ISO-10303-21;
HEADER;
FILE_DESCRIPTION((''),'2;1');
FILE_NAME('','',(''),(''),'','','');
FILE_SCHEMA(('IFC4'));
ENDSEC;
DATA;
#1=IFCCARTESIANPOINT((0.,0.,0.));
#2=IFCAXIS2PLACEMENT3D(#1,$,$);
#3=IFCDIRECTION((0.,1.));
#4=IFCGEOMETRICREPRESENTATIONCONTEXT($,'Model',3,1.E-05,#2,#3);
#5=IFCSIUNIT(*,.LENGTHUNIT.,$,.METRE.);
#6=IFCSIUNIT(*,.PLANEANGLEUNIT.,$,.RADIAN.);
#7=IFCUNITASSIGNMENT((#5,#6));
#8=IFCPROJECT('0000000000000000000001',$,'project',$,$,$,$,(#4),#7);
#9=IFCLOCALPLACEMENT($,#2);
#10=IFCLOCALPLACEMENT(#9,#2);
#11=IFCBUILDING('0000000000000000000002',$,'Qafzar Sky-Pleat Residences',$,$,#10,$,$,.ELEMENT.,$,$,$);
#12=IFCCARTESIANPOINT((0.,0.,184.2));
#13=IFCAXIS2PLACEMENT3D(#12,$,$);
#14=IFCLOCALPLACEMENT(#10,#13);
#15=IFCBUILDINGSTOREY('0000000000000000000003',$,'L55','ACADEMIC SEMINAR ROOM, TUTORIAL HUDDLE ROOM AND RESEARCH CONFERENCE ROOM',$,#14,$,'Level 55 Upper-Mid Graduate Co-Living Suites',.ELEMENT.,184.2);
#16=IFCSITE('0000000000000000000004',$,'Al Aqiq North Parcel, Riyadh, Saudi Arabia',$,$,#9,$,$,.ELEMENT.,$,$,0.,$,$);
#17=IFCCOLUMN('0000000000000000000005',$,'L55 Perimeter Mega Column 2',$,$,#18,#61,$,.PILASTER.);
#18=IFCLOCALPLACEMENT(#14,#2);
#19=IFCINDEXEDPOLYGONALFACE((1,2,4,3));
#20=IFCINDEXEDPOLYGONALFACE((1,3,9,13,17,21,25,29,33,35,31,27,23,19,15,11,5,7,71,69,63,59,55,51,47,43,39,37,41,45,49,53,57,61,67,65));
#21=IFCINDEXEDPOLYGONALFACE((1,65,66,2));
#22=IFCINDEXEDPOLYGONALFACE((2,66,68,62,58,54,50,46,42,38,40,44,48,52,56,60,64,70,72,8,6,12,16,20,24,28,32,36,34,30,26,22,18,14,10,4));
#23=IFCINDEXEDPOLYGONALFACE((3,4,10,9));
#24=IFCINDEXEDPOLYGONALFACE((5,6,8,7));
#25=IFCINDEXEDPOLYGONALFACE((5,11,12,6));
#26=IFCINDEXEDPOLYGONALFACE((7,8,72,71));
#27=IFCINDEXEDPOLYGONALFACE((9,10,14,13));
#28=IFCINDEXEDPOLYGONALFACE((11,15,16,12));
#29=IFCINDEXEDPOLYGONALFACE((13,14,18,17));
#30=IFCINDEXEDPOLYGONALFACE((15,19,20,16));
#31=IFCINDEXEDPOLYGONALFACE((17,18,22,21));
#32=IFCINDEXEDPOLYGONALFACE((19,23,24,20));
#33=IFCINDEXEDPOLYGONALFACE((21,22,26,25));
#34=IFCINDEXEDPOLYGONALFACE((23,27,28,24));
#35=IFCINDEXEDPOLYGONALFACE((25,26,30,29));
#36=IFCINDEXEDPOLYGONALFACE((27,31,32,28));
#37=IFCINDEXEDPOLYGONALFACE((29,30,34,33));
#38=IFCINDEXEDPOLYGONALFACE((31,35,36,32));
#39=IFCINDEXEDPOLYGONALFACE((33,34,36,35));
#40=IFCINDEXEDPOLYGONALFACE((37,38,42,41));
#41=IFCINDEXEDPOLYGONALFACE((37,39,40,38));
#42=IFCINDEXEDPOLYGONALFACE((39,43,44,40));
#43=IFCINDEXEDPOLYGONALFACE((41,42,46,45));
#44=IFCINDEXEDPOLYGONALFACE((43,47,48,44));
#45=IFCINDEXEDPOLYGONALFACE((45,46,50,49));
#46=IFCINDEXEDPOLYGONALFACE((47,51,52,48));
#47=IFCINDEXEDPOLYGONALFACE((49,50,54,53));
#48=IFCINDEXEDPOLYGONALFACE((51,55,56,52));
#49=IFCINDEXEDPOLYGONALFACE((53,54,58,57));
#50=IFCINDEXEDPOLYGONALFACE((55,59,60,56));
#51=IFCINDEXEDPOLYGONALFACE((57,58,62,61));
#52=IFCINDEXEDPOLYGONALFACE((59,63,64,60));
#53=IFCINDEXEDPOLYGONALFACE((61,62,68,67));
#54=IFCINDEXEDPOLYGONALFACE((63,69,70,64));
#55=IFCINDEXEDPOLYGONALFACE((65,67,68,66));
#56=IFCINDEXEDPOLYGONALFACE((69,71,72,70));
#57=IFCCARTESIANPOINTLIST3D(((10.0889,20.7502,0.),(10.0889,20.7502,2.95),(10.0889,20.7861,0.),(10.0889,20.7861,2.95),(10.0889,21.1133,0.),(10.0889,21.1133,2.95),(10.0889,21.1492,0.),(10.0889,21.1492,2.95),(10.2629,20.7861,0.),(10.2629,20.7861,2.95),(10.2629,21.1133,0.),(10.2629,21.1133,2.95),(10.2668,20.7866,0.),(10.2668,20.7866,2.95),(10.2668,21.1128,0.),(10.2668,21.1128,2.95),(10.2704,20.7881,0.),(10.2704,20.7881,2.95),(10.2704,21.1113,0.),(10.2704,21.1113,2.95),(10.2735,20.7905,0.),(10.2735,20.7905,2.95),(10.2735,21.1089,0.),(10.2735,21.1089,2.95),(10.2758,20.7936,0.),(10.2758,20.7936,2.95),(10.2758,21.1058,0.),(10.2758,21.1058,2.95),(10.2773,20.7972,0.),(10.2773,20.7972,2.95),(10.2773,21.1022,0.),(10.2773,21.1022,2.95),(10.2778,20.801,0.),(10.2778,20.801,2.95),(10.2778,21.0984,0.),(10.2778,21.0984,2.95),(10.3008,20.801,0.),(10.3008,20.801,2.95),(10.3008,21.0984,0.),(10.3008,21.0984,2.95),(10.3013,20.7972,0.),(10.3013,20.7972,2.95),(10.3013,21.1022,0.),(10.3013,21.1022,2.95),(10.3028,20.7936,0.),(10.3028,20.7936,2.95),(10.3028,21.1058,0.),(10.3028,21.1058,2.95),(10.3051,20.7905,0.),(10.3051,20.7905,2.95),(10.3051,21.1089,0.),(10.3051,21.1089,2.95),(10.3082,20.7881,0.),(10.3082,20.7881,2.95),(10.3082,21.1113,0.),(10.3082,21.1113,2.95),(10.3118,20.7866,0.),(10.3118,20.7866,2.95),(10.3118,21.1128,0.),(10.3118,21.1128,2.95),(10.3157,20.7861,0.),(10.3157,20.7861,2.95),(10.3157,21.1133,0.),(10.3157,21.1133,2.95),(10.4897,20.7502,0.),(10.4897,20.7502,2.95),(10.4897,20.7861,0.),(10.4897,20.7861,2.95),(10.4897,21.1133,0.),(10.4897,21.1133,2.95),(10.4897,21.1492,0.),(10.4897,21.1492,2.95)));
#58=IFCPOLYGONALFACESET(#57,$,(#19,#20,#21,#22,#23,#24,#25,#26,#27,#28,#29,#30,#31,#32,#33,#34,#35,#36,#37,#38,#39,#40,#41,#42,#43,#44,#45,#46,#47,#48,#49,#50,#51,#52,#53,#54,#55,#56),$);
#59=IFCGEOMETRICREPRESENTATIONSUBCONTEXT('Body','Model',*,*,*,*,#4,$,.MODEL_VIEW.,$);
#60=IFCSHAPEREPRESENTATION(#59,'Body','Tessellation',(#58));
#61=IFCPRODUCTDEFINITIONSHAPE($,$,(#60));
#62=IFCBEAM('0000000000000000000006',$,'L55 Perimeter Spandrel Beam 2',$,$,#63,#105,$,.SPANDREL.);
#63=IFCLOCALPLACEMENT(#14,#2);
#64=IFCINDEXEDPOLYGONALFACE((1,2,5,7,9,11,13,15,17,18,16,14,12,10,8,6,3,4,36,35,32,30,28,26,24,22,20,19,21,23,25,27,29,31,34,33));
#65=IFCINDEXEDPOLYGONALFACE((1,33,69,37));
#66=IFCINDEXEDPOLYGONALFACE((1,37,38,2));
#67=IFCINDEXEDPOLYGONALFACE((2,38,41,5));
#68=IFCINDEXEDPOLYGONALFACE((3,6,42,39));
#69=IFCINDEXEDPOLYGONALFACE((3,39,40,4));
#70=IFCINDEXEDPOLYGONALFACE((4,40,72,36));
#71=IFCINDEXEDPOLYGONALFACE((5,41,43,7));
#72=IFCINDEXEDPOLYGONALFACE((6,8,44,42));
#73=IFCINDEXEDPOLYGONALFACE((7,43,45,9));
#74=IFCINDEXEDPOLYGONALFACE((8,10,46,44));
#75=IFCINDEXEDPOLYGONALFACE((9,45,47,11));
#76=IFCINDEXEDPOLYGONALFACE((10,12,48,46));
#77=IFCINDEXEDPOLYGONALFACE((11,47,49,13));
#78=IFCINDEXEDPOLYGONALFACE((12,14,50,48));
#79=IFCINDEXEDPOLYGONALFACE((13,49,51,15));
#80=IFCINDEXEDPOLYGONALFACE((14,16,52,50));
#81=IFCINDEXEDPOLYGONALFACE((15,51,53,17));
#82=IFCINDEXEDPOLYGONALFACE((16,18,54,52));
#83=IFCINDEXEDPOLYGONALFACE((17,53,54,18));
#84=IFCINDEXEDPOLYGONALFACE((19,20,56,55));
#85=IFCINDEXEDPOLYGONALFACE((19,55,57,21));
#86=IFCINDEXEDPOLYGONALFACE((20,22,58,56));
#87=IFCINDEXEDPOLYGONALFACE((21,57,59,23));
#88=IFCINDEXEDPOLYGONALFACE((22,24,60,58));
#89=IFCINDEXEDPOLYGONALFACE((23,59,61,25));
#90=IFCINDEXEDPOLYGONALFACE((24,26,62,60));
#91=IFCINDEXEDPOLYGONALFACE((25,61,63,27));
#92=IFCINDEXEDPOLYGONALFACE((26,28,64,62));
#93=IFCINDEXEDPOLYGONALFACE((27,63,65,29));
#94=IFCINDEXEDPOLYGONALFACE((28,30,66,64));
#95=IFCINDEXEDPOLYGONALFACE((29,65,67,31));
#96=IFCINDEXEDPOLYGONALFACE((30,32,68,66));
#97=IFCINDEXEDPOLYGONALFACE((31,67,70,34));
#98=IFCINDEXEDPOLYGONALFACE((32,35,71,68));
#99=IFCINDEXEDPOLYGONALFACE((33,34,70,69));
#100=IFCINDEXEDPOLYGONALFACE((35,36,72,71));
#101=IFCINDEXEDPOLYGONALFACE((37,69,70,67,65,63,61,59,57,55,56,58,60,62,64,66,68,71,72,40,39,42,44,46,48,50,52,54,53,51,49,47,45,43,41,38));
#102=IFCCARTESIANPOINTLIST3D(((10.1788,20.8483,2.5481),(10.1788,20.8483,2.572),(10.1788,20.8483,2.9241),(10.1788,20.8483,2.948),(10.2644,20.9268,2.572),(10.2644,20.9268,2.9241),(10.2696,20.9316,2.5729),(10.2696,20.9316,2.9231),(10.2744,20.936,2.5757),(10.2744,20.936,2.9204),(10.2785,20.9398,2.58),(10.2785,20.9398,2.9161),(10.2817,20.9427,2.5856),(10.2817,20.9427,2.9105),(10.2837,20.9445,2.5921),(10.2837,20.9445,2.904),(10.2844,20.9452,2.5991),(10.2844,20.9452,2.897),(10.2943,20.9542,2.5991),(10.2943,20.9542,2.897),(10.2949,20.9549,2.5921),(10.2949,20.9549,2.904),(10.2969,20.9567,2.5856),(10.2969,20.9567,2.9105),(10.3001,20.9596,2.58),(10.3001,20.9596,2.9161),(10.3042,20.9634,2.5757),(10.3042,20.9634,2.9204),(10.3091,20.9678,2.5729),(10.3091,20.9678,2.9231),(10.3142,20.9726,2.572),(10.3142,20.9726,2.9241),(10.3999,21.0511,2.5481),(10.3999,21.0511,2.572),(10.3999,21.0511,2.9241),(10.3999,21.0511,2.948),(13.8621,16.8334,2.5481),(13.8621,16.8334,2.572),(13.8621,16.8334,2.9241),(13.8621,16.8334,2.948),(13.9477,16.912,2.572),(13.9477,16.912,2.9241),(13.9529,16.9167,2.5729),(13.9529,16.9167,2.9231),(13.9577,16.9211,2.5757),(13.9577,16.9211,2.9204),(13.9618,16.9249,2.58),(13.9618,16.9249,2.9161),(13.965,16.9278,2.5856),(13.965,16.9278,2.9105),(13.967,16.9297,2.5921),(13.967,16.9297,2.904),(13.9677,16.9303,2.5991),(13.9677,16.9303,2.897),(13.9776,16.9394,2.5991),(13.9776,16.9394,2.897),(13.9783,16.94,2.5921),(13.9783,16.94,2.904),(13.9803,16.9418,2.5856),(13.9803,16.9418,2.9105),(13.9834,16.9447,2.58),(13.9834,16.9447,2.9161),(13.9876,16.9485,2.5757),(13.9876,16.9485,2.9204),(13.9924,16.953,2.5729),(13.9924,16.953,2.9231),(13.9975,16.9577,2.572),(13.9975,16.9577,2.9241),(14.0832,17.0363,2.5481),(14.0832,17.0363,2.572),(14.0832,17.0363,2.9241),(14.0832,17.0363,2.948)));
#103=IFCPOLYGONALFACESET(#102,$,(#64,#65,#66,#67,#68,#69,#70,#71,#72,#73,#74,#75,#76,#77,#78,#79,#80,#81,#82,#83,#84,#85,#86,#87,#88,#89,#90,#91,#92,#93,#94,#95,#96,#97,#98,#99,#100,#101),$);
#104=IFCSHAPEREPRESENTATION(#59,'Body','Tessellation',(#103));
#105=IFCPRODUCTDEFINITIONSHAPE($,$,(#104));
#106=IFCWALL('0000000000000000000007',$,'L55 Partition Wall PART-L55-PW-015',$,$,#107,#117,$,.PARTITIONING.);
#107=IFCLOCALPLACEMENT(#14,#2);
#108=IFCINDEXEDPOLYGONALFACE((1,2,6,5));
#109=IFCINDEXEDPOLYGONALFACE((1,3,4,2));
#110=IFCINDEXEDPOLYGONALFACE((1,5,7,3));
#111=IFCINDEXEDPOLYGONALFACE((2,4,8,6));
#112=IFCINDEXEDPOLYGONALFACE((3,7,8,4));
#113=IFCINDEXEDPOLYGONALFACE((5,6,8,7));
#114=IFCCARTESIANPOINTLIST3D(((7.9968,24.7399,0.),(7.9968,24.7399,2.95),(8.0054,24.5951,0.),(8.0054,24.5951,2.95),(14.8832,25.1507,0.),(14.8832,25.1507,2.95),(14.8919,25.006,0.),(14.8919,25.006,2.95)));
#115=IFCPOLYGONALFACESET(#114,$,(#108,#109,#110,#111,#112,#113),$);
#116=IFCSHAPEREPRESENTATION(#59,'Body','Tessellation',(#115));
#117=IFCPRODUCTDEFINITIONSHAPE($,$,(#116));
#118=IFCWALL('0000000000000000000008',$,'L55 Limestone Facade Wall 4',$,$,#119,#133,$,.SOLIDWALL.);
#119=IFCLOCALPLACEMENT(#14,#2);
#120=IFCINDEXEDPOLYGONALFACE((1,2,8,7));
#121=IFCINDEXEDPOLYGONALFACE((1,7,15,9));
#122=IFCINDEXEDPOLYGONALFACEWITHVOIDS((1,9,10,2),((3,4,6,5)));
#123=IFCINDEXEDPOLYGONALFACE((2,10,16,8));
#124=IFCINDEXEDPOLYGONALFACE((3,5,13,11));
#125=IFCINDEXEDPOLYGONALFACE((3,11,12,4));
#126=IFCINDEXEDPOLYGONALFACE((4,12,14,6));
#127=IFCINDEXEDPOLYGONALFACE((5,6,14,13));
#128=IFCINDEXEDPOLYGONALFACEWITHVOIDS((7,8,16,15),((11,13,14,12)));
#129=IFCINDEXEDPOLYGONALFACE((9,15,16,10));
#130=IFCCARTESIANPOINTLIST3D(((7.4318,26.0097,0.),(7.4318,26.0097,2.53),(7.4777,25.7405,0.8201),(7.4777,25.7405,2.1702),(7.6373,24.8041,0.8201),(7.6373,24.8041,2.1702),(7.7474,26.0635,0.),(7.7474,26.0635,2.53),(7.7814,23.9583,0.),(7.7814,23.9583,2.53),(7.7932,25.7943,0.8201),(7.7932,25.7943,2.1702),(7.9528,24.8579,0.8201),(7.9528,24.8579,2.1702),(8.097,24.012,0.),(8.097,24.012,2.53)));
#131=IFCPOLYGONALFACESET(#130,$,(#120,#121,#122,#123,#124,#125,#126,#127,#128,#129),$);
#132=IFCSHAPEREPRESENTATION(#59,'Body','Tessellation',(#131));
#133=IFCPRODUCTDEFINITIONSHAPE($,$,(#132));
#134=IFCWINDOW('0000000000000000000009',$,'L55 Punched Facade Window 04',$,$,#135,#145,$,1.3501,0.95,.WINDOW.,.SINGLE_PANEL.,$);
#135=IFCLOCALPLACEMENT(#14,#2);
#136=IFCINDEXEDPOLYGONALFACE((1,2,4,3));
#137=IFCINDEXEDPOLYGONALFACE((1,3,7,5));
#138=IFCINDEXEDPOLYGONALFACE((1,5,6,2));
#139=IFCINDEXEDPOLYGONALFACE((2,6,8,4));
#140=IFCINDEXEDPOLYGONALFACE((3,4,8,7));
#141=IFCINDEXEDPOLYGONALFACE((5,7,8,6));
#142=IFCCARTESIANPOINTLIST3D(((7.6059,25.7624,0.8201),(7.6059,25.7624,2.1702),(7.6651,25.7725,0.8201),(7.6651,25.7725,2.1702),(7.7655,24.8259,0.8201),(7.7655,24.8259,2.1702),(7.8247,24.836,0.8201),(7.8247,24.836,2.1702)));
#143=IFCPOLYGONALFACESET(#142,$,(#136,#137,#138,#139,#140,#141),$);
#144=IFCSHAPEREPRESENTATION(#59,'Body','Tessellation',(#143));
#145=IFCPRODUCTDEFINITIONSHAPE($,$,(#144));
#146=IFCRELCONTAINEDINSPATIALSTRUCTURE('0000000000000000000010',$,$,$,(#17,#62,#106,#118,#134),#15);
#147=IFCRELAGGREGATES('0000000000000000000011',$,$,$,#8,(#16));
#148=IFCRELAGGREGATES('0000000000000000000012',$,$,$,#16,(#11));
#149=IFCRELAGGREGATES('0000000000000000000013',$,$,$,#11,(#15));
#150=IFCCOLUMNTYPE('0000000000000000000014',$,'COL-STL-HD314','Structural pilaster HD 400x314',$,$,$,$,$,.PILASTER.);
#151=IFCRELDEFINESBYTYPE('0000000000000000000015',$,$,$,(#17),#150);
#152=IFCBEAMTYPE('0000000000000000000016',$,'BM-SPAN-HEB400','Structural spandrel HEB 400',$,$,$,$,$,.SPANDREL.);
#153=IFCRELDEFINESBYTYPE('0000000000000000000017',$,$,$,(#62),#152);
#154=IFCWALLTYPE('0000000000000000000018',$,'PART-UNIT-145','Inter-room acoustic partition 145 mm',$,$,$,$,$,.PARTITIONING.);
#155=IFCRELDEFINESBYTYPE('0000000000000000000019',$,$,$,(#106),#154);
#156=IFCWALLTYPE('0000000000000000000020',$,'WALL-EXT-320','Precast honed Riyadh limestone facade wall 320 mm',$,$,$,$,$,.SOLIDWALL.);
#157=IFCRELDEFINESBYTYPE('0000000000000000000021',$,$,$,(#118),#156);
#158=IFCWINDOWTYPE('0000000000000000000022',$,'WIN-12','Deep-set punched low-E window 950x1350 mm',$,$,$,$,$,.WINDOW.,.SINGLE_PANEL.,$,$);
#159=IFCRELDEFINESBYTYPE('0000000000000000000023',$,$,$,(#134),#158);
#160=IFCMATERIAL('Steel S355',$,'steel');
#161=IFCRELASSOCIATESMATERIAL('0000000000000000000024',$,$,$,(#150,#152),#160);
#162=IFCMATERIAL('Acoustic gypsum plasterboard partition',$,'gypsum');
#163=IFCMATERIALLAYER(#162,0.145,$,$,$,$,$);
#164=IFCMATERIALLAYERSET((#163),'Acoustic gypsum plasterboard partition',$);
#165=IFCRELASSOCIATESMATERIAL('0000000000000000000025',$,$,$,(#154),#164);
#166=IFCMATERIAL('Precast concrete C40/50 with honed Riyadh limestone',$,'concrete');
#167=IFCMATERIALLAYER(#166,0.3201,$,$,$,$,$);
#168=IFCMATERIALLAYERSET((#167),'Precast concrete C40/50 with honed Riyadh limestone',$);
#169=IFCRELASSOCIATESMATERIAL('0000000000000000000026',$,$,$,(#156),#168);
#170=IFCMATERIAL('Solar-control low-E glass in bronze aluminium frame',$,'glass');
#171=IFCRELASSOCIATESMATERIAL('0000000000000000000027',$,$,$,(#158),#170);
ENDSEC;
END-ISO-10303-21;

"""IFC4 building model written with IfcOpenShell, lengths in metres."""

from ifc_helpers import new_model, si_unit, direction, frame, frame_2d, origin, origin_2d, place, context, subcontext, project, spatial, rectangle, i_section, extrude, source, transform, mapped, material, layer, layer_set, material_profile, profile_set, type_object, element, fill, save


model = new_model("IFC4")

# Units and contexts
model_context = context("Model", 3, precision=1e-05, world=origin(), true_north=direction((0.0, 1.0)))
body_context = subcontext(model_context, "Body", "Model", "MODEL_VIEW")
ifc_project = project(units=[si_unit("LENGTHUNIT", "METRE"), si_unit("PLANEANGLEUNIT", "RADIAN")], contexts=[model_context])

# Site, building, storey
site_placement = place(None, origin())
site = spatial("IfcSite", under=ifc_project, at=site_placement, Name="Al Aqiq North Parcel, Riyadh, Saudi Arabia", CompositionType="ELEMENT", RefElevation=0.0)
building_placement = place(site_placement, origin())
building = spatial("IfcBuilding", under=site, at=building_placement, Name="Qafzar Sky-Pleat Residences", CompositionType="ELEMENT")
storey_placement = place(building_placement, frame((0.0, 0.0, 184.2)))
storey = spatial("IfcBuildingStorey", under=building, at=storey_placement, Name="L55", Description="ACADEMIC SEMINAR ROOM, TUTORIAL HUDDLE ROOM AND RESEARCH CONFERENCE ROOM", LongName="Level 55 Upper-Mid Graduate Co-Living Suites", CompositionType="ELEMENT", Elevation=184.2)

# Column
ifc_material_1 = material(Name="Steel S355", Category="steel")
ifc_material_profile_1 = material_profile(ifc_material_1, i_section(OverallWidth=0.4009, OverallDepth=0.3989, WebThickness=0.0229, FlangeThickness=0.0359, FilletRadius=0.0149, at=origin_2d()), Name="HD 400x314")
ifc_profile_set_1 = profile_set([ifc_material_profile_1], Name="Steel S355")
column_type = type_object("IfcColumnType", Name="COL-STL-HD314", Description="Structural pilaster HD 400x314", PredefinedType="PILASTER", material=ifc_profile_set_1)
shared_shape_1 = source(origin(), body_context, "Body", "SweptSolid", [
    extrude(i_section(OverallWidth=0.4009, OverallDepth=0.3989, WebThickness=0.0229, FlangeThickness=0.0359, FilletRadius=0.0149, at=origin_2d()), origin(), (0.0, 0.0, 1.0), 2.95),
])
column_placement = place(storey_placement, frame((10.2893, 20.9497, 0.0), z_axis=(0.0, 0.0, 1.0), x_axis=(1.0, 0.0, 0.0)))
element("IfcColumn", 1, at=column_placement, inside=storey, type_object=column_type, Name="L55 Perimeter Mega Column 2", PredefinedType="PILASTER", context=body_context, shape_type="MappedRepresentation", body=[
    mapped(shared_shape_1, transform((0.0, 0.0, 0.0), x_axis=(1.0, 0.0, 0.0), y_axis=(0.0, 1.0, 0.0), z_axis=(0.0, 0.0, 1.0), scale=1.0)),
])

# Beam
ifc_material_profile_2 = material_profile(ifc_material_1, i_section(OverallWidth=0.3, OverallDepth=0.3999, WebThickness=0.0134, FlangeThickness=0.0239, FilletRadius=0.0271, at=origin_2d()), Name="HEB 400")
ifc_profile_set_2 = profile_set([ifc_material_profile_2], Name="Steel S355")
beam_type = type_object("IfcBeamType", Name="BM-SPAN-HEB400", Description="Structural spandrel HEB 400", PredefinedType="SPANDREL", material=ifc_profile_set_2)
shared_shape_2 = source(origin(), body_context, "Body", "SweptSolid", [
    extrude(i_section(OverallWidth=0.3, OverallDepth=0.3999, WebThickness=0.0134, FlangeThickness=0.0239, FilletRadius=0.0271, at=origin_2d()), origin(), (0.0, 0.0, 1.0), 5.4485),
])
beam_placement = place(storey_placement, frame((10.2893, 20.9497, 2.748), z_axis=(0.676027, -0.736877, 0.0), x_axis=(0.736877, 0.676027, 0.0)))
element("IfcBeam", 2, at=beam_placement, inside=storey, type_object=beam_type, Name="L55 Perimeter Spandrel Beam 2", PredefinedType="SPANDREL", context=body_context, shape_type="MappedRepresentation", body=[
    mapped(shared_shape_2, transform((0.0, 0.0, 0.0), x_axis=(1.0, 0.0, 0.0), y_axis=(0.0, 1.0, 0.0), z_axis=(0.0, 0.0, 1.0), scale=1.0)),
])

# Wall
ifc_material_2 = material(Name="Acoustic gypsum plasterboard partition", Category="gypsum")
ifc_layer_1 = layer(ifc_material_2, 0.145)
ifc_layer_set_1 = layer_set([ifc_layer_1], Name="Acoustic gypsum plasterboard partition")
wall_type_1 = type_object("IfcWallType", Name="PART-UNIT-145", Description="Inter-room acoustic partition 145 mm", PredefinedType="PARTITIONING", material=ifc_layer_set_1)
wall_1_placement = place(storey_placement, frame((8.0012, 24.6675, 0.0), z_axis=(0.0, 0.0, 1.0), x_axis=(0.998225, 0.05956, 0.0)))
element("IfcWall", 3, at=wall_1_placement, inside=storey, type_object=wall_type_1, Name="L55 Partition Wall PART-L55-PW-015", PredefinedType="PARTITIONING", context=body_context, shape_type="SweptSolid", body=[
    extrude(rectangle(XDim=6.8987, YDim=0.145, at=frame_2d((3.4492, 0.0))), origin(), (0.0, 0.0, 1.0), 2.95),
])

# Wall, opening, window
ifc_material_3 = material(Name="Precast concrete C40/50 with honed Riyadh limestone", Category="concrete")
ifc_layer_2 = layer(ifc_material_3, 0.3201)
ifc_layer_set_2 = layer_set([ifc_layer_2], Name="Precast concrete C40/50 with honed Riyadh limestone")
wall_type_2 = type_object("IfcWallType", Name="WALL-EXT-320", Description="Precast honed Riyadh limestone facade wall 320 mm", PredefinedType="SOLIDWALL", material=ifc_layer_set_2)
wall_2_placement = place(storey_placement, frame((7.5896, 26.0366, 0.0), z_axis=(0.0, 0.0, 1.0), x_axis=(0.167993, -0.985788, 0.0)))
wall_2 = element("IfcWall", 4, at=wall_2_placement, inside=storey, type_object=wall_type_2, Name="L55 Limestone Facade Wall 4", PredefinedType="SOLIDWALL", context=body_context, shape_type="SweptSolid", body=[
    extrude(rectangle(XDim=2.0811, YDim=0.3201, at=frame_2d((1.0405, 0.0))), origin(), (0.0, 0.0, 1.0), 2.53),
])
opening_1_placement = place(wall_2_placement, frame((0.2729, 0.0, 0.8201)))
opening_1 = element("IfcOpeningElement", 5, at=opening_1_placement, cuts=wall_2, PredefinedType="OPENING", context=body_context, shape_type="SweptSolid", body=[
    extrude(rectangle(XDim=0.95, YDim=1.3501, at=frame_2d((0.4751, 0.675))), frame((0.0, 0.1699, 0.0), z_axis=(0.0, -1.0, 0.0), x_axis=(1.0, 0.0, 0.0)), (0.0, 0.0, 1.0), 0.3401),
])
ifc_material_4 = material(Name="Solar-control low-E glass in bronze aluminium frame", Category="glass")
window_type_1 = type_object("IfcWindowType", Name="WIN-12", Description="Deep-set punched low-E window 950x1350 mm", PartitioningType="SINGLE_PANEL", PredefinedType="WINDOW", material=ifc_material_4)
shared_shape_3 = source(origin(), body_context, "Body", "SweptSolid", [
    extrude(rectangle(XDim=0.95, YDim=1.3501, at=frame_2d((0.4751, 0.675))), frame((0.0, 0.03, 0.0), z_axis=(0.0, -1.0, 0.0), x_axis=(1.0, 0.0, 0.0)), (0.0, 0.0, 1.0), 0.0601),
])
window_1_placement = place(opening_1_placement, origin())
window_1 = element("IfcWindow", 6, at=window_1_placement, inside=storey, type_object=window_type_1, Name="L55 Punched Facade Window 04", OverallHeight=1.3501, OverallWidth=0.95, PartitioningType="SINGLE_PANEL", PredefinedType="WINDOW", context=body_context, shape_type="MappedRepresentation", body=[
    mapped(shared_shape_3, transform((0.0, 0.0, 0.0), x_axis=(1.0, 0.0, 0.0), y_axis=(0.0, 1.0, 0.0), z_axis=(0.0, 0.0, 1.0), scale=1.0)),
])
fill(opening_1, window_1)

save(model, "model.ifc")
